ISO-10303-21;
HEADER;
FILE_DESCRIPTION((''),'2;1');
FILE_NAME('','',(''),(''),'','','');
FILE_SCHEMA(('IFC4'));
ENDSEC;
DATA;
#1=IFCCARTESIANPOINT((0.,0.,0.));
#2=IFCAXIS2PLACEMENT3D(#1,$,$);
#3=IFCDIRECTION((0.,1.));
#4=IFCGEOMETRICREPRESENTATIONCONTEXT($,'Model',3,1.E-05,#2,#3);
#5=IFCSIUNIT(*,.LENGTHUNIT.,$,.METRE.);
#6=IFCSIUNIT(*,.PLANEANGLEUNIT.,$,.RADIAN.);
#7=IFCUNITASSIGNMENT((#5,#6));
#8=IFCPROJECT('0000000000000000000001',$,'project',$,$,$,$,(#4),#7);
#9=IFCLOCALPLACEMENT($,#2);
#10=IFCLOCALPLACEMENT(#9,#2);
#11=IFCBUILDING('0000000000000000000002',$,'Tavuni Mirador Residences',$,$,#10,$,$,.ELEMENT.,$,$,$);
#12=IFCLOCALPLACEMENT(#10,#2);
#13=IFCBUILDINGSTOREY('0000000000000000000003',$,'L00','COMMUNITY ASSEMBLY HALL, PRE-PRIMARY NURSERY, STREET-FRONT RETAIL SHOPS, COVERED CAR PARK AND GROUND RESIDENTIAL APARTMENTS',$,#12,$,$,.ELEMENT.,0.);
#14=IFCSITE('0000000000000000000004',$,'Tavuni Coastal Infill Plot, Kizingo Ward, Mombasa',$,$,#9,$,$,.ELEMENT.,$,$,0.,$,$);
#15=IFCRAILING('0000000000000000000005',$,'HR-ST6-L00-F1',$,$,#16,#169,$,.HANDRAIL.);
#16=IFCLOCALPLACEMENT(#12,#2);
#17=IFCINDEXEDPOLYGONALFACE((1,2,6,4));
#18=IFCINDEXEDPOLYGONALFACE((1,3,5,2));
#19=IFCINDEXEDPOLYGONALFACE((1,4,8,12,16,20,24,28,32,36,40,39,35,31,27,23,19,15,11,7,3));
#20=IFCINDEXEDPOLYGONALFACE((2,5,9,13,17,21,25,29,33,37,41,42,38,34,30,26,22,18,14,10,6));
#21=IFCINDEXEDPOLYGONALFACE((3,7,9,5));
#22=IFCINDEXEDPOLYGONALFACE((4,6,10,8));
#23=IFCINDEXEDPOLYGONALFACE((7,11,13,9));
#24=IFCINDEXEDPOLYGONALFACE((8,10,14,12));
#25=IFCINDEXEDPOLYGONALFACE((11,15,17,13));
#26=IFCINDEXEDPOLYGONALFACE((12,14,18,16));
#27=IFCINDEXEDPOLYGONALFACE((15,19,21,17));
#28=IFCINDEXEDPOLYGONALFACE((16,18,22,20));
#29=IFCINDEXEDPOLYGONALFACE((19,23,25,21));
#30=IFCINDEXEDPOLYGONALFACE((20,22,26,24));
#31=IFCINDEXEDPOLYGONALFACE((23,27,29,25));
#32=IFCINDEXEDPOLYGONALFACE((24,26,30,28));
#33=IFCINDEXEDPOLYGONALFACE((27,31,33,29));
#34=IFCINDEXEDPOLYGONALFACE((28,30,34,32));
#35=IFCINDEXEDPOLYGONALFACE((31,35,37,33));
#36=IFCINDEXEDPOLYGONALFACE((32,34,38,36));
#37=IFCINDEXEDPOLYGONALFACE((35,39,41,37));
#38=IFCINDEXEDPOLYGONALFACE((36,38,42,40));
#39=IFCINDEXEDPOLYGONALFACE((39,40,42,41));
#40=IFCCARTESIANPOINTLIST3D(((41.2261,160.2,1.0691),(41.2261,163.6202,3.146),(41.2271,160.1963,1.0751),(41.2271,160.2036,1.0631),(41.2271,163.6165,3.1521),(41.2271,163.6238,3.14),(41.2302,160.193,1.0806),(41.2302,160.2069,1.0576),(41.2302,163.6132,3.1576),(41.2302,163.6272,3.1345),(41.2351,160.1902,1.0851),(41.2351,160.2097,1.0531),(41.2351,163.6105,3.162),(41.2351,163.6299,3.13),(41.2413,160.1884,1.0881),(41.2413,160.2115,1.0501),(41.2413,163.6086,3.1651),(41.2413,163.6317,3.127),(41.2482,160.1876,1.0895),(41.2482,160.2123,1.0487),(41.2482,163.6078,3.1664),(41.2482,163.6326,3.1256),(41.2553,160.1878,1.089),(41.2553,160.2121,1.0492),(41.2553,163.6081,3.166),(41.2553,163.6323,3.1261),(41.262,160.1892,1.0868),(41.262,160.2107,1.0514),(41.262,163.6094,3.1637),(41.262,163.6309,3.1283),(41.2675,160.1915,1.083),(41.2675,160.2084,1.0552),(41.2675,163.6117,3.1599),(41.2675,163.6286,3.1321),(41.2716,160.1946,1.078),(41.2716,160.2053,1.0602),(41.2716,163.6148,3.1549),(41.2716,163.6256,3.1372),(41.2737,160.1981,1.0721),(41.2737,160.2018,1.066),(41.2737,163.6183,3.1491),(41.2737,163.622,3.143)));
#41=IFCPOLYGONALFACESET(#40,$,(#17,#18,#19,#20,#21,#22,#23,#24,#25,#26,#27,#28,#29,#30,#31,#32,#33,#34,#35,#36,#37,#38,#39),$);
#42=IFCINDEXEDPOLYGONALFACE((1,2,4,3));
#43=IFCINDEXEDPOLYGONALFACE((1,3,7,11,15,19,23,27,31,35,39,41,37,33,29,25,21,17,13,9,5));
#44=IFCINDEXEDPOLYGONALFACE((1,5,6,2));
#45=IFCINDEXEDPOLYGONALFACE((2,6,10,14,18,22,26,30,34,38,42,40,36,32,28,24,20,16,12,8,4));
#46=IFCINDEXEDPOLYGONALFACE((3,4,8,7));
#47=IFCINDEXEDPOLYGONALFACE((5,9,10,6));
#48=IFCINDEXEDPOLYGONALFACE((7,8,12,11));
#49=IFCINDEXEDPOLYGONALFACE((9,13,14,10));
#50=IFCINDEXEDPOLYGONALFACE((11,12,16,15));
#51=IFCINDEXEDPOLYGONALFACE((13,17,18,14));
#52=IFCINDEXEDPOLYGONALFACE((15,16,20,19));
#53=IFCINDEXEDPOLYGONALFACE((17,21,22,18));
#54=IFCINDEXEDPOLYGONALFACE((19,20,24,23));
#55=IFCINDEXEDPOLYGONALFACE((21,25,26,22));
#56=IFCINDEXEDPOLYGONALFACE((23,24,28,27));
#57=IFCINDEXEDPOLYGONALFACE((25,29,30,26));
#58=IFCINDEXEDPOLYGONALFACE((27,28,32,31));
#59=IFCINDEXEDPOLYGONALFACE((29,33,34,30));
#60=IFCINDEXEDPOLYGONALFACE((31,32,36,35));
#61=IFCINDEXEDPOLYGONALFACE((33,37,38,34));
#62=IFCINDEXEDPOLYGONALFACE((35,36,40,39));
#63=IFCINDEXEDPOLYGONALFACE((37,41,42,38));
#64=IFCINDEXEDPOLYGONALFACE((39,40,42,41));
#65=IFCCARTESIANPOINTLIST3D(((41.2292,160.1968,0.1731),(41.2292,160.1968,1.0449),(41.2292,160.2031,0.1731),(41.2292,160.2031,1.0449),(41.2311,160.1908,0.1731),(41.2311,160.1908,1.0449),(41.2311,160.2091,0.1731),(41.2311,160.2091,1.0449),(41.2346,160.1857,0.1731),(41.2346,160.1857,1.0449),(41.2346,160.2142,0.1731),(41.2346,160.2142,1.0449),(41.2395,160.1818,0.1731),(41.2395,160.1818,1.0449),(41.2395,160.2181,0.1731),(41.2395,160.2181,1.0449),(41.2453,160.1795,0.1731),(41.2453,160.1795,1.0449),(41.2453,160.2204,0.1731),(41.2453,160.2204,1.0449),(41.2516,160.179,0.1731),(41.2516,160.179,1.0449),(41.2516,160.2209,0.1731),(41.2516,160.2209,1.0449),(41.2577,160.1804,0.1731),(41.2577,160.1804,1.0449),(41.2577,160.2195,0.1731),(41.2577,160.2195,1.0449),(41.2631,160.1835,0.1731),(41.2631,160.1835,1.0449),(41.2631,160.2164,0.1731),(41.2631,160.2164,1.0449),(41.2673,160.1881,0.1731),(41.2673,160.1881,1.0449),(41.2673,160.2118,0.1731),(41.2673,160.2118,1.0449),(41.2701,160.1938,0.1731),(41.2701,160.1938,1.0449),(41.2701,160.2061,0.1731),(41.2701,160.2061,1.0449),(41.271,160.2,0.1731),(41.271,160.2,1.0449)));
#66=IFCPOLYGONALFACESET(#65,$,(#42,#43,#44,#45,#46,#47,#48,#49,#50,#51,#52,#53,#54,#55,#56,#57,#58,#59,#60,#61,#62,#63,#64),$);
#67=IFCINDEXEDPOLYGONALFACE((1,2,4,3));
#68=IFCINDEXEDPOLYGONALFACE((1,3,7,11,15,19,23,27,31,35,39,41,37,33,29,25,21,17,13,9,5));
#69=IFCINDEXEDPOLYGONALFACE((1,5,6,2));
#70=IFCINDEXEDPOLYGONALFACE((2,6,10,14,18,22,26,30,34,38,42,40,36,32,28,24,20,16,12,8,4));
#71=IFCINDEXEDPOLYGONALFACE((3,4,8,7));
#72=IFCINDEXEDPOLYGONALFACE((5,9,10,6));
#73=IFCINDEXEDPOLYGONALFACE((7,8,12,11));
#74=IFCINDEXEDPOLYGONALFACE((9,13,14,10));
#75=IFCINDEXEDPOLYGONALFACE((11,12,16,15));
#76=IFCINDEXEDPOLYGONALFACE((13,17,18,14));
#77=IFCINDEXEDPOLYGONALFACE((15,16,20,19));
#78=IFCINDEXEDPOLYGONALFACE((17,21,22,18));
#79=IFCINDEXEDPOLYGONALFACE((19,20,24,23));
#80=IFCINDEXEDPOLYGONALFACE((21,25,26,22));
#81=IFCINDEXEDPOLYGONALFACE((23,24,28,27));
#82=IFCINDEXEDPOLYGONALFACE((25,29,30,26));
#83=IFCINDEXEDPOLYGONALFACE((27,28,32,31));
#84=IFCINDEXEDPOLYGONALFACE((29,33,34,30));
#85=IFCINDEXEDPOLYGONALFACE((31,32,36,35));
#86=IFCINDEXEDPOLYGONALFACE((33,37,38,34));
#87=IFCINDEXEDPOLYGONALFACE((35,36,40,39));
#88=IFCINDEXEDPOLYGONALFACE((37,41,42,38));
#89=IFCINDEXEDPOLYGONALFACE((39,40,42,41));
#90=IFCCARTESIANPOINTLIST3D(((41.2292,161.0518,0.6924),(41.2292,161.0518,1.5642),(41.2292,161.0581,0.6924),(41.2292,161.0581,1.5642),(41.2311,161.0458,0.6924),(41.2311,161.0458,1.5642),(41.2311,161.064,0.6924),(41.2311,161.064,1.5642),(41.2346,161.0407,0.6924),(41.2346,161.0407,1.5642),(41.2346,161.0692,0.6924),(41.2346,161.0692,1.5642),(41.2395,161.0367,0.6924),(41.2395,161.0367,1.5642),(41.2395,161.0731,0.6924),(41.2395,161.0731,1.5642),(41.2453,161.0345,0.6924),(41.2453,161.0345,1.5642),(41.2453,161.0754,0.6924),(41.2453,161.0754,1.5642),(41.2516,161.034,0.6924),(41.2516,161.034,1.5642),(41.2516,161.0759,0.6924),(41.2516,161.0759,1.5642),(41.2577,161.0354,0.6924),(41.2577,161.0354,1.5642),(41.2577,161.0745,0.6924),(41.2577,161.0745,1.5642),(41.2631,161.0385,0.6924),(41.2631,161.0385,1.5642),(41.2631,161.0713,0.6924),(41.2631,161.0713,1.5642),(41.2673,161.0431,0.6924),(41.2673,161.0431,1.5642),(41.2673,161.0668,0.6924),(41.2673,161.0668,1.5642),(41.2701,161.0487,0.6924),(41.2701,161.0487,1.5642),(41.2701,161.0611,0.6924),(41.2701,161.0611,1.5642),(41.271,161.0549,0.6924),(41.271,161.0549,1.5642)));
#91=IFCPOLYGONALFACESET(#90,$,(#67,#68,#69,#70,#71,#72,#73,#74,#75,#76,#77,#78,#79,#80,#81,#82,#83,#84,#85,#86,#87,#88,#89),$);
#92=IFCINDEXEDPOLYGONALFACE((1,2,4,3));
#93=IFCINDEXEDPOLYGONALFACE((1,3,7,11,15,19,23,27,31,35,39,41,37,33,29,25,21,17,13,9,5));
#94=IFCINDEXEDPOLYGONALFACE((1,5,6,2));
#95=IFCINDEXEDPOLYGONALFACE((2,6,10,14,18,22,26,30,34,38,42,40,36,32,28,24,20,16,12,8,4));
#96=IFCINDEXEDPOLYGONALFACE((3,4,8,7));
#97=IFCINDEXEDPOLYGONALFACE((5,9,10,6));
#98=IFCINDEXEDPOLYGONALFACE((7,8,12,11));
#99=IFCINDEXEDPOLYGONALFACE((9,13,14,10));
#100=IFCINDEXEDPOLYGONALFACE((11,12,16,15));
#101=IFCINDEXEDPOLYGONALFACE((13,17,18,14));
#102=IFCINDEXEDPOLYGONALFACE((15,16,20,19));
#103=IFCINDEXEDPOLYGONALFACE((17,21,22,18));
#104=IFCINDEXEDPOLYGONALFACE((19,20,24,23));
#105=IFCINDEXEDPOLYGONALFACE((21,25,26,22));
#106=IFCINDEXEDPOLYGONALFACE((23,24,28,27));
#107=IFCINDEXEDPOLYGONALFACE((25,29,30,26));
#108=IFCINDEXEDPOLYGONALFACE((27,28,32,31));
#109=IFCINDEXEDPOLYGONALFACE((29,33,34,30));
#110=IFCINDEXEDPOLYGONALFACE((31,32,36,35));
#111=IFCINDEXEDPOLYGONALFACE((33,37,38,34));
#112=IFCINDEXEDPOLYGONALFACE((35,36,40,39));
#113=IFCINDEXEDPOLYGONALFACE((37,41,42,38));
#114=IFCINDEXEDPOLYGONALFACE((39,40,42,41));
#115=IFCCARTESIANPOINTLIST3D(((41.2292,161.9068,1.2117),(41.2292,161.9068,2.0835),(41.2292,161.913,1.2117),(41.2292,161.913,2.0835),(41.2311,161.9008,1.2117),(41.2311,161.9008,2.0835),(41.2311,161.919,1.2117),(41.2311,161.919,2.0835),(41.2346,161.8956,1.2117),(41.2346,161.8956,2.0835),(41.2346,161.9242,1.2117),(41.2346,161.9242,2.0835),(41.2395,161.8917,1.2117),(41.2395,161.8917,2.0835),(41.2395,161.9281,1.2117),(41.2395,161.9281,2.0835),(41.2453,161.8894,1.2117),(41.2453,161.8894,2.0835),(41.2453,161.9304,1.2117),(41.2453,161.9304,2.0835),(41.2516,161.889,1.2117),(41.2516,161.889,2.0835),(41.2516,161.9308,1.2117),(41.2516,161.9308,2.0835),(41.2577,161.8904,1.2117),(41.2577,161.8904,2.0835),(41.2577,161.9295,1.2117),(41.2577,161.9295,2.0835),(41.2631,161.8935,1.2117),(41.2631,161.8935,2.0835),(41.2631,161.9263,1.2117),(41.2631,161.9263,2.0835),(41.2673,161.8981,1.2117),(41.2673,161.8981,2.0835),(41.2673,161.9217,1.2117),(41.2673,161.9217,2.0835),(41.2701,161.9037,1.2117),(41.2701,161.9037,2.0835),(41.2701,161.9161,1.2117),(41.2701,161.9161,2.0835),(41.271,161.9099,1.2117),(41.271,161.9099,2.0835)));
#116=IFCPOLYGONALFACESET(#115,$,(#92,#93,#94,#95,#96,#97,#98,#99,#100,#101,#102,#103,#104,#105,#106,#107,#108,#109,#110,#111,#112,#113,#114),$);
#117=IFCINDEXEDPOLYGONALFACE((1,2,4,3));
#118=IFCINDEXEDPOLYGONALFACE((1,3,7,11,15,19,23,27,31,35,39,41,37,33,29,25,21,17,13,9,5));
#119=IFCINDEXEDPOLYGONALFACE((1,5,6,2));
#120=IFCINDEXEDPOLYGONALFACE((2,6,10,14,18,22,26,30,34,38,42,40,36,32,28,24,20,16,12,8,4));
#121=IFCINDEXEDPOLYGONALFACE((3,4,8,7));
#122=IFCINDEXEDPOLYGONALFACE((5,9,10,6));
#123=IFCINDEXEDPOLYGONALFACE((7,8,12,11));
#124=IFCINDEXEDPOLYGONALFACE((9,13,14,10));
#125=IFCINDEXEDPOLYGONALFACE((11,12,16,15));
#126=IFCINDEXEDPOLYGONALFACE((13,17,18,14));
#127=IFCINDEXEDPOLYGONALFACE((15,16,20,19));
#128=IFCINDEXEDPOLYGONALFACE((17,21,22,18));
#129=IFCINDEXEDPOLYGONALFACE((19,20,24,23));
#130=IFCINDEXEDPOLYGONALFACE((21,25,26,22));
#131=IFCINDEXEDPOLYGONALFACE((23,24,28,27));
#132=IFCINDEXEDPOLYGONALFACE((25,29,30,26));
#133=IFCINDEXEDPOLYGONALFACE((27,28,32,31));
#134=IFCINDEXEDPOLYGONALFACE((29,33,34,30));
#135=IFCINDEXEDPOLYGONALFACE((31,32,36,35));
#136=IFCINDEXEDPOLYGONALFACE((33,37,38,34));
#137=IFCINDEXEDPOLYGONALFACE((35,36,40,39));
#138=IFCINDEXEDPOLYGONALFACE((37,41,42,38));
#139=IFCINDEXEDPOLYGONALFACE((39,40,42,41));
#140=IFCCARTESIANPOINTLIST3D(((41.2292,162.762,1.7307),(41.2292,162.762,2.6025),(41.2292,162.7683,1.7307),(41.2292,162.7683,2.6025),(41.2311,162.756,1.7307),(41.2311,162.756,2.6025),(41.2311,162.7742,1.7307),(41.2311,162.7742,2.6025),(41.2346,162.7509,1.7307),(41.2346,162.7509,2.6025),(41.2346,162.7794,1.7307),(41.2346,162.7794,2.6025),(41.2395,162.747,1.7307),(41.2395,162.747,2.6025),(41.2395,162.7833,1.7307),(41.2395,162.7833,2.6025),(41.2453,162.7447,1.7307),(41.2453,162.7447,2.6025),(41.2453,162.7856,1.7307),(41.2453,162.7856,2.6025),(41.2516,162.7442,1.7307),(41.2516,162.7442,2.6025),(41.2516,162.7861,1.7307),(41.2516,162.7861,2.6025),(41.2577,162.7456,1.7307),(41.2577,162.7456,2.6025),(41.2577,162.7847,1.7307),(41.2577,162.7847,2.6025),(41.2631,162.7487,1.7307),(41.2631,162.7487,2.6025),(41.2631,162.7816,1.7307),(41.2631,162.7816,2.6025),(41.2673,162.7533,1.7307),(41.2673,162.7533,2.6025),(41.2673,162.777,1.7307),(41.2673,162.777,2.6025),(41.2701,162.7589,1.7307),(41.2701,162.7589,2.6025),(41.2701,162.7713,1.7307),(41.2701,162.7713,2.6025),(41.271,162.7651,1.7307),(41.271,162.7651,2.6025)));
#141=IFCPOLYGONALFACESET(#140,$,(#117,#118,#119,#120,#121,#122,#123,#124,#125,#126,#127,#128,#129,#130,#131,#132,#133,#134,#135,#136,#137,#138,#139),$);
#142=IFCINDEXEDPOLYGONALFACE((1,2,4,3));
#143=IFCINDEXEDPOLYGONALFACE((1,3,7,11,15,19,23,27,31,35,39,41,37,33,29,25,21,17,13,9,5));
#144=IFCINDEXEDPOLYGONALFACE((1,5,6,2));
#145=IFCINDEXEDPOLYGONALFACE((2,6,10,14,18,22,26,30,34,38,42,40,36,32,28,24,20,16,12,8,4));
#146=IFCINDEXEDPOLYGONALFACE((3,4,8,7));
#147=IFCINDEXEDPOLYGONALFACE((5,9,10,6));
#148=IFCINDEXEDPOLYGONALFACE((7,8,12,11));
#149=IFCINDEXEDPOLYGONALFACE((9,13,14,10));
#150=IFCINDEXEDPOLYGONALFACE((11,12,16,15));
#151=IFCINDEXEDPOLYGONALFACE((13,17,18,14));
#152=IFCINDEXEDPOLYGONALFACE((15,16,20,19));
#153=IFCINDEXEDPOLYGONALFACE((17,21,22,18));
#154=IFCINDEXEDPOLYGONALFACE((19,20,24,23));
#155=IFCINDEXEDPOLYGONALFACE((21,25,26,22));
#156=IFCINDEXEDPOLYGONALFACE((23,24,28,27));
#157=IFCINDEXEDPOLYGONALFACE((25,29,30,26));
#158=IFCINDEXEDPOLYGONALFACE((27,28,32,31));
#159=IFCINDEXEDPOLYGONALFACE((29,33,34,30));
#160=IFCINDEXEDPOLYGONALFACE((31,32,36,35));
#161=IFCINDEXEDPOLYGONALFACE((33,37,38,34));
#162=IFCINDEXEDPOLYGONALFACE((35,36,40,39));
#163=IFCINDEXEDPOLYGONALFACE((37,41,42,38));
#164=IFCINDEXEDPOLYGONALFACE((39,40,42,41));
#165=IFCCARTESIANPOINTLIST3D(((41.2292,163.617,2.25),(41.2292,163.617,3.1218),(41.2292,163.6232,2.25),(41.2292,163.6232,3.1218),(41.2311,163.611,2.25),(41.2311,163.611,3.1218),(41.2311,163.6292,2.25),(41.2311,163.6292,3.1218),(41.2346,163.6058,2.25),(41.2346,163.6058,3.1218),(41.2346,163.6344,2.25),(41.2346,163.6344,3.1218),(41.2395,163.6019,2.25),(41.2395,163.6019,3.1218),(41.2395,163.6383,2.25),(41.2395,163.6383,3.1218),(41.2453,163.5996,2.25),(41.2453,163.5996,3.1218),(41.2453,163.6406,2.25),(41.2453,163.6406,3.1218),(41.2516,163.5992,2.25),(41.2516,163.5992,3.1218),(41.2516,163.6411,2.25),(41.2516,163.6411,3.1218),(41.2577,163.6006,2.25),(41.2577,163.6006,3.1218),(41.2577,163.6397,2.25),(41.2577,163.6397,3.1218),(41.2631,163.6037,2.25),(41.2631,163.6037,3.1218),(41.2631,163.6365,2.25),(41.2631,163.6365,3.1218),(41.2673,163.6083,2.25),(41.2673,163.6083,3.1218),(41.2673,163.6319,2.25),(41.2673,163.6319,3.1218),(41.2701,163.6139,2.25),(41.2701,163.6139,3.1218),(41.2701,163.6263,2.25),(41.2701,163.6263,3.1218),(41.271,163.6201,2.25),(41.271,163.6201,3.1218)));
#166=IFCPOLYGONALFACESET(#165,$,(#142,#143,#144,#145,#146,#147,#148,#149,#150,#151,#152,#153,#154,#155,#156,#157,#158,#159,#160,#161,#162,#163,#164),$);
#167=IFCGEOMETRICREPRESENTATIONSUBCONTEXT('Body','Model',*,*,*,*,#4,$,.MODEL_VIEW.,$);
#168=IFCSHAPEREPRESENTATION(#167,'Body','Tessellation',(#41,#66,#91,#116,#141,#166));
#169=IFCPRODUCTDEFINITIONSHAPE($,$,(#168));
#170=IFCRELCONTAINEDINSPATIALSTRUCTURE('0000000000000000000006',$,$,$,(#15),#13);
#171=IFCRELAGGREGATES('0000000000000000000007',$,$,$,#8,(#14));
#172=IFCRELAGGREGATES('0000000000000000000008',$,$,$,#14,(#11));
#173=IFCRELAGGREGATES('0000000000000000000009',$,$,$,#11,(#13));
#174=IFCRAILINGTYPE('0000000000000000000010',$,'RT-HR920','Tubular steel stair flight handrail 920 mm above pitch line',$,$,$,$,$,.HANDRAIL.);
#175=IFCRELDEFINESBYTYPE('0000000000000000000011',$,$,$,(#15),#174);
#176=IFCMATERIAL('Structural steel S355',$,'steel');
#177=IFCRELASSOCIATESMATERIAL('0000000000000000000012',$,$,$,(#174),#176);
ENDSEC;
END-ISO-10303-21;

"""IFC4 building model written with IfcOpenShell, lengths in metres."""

from ifc_helpers import new_model, si_unit, direction, frame, origin, origin_2d, place, context, subcontext, project, spatial, circle, extrude, material, type_object, element, save


model = new_model("IFC4")

# Units and contexts
model_context = context("Model", 3, precision=1e-05, world=origin(), true_north=direction((0.0, 1.0)))
body_context = subcontext(model_context, "Body", "Model", "MODEL_VIEW")
ifc_project = project(units=[si_unit("LENGTHUNIT", "METRE"), si_unit("PLANEANGLEUNIT", "RADIAN")], contexts=[model_context])

# Site, building, storey
site_placement = place(None, origin())
site = spatial("IfcSite", under=ifc_project, at=site_placement, Name="Tavuni Coastal Infill Plot, Kizingo Ward, Mombasa", CompositionType="ELEMENT", RefElevation=0.0)
building_placement = place(site_placement, origin())
building = spatial("IfcBuilding", under=site, at=building_placement, Name="Tavuni Mirador Residences", CompositionType="ELEMENT")
storey_placement = place(building_placement, origin())
storey = spatial("IfcBuildingStorey", under=building, at=storey_placement, Name="L00", Description="COMMUNITY ASSEMBLY HALL, PRE-PRIMARY NURSERY, STREET-FRONT RETAIL SHOPS, COVERED CAR PARK AND GROUND RESIDENTIAL APARTMENTS", CompositionType="ELEMENT", Elevation=0.0)

# Shared definitions
ifc_material_1 = material(Name="Structural steel S355", Category="steel")

# Railing
railing_type_1 = type_object("IfcRailingType", Name="RT-HR920", Description="Tubular steel stair flight handrail 920 mm above pitch line", PredefinedType="HANDRAIL", material=ifc_material_1)
railing_1_placement = place(storey_placement, frame((41.25, 160.2, 0.1731)))
element("IfcRailing", 1, at=railing_1_placement, inside=storey, type_object=railing_type_1, Name="HR-ST6-L00-F1", PredefinedType="HANDRAIL", context=body_context, shape_type="SweptSolid", body=[
    extrude(circle(Radius=0.0239, at=origin_2d()), frame((0.0, 0.0, 0.896), z_axis=(0.0, 0.854746, 0.519047), x_axis=(-1.0, 0.0, 0.0)), (0.0, 0.0, 1.0), 4.0015),
    extrude(circle(Radius=0.021, at=origin_2d()), origin(), (0.0, 0.0, 1.0), 0.8718),
    extrude(circle(Radius=0.021, at=origin_2d()), frame((0.0, 0.855, 0.5193)), (0.0, 0.0, 1.0), 0.8718),
    extrude(circle(Radius=0.021, at=origin_2d()), frame((0.0, 1.71, 1.0386)), (0.0, 0.0, 1.0), 0.8718),
    extrude(circle(Radius=0.021, at=origin_2d()), frame((0.0, 2.5652, 1.5576)), (0.0, 0.0, 1.0), 0.8718),
    extrude(circle(Radius=0.021, at=origin_2d()), frame((0.0, 3.4202, 2.0769)), (0.0, 0.0, 1.0), 0.8718),
])

save(model, "model.ifc")
